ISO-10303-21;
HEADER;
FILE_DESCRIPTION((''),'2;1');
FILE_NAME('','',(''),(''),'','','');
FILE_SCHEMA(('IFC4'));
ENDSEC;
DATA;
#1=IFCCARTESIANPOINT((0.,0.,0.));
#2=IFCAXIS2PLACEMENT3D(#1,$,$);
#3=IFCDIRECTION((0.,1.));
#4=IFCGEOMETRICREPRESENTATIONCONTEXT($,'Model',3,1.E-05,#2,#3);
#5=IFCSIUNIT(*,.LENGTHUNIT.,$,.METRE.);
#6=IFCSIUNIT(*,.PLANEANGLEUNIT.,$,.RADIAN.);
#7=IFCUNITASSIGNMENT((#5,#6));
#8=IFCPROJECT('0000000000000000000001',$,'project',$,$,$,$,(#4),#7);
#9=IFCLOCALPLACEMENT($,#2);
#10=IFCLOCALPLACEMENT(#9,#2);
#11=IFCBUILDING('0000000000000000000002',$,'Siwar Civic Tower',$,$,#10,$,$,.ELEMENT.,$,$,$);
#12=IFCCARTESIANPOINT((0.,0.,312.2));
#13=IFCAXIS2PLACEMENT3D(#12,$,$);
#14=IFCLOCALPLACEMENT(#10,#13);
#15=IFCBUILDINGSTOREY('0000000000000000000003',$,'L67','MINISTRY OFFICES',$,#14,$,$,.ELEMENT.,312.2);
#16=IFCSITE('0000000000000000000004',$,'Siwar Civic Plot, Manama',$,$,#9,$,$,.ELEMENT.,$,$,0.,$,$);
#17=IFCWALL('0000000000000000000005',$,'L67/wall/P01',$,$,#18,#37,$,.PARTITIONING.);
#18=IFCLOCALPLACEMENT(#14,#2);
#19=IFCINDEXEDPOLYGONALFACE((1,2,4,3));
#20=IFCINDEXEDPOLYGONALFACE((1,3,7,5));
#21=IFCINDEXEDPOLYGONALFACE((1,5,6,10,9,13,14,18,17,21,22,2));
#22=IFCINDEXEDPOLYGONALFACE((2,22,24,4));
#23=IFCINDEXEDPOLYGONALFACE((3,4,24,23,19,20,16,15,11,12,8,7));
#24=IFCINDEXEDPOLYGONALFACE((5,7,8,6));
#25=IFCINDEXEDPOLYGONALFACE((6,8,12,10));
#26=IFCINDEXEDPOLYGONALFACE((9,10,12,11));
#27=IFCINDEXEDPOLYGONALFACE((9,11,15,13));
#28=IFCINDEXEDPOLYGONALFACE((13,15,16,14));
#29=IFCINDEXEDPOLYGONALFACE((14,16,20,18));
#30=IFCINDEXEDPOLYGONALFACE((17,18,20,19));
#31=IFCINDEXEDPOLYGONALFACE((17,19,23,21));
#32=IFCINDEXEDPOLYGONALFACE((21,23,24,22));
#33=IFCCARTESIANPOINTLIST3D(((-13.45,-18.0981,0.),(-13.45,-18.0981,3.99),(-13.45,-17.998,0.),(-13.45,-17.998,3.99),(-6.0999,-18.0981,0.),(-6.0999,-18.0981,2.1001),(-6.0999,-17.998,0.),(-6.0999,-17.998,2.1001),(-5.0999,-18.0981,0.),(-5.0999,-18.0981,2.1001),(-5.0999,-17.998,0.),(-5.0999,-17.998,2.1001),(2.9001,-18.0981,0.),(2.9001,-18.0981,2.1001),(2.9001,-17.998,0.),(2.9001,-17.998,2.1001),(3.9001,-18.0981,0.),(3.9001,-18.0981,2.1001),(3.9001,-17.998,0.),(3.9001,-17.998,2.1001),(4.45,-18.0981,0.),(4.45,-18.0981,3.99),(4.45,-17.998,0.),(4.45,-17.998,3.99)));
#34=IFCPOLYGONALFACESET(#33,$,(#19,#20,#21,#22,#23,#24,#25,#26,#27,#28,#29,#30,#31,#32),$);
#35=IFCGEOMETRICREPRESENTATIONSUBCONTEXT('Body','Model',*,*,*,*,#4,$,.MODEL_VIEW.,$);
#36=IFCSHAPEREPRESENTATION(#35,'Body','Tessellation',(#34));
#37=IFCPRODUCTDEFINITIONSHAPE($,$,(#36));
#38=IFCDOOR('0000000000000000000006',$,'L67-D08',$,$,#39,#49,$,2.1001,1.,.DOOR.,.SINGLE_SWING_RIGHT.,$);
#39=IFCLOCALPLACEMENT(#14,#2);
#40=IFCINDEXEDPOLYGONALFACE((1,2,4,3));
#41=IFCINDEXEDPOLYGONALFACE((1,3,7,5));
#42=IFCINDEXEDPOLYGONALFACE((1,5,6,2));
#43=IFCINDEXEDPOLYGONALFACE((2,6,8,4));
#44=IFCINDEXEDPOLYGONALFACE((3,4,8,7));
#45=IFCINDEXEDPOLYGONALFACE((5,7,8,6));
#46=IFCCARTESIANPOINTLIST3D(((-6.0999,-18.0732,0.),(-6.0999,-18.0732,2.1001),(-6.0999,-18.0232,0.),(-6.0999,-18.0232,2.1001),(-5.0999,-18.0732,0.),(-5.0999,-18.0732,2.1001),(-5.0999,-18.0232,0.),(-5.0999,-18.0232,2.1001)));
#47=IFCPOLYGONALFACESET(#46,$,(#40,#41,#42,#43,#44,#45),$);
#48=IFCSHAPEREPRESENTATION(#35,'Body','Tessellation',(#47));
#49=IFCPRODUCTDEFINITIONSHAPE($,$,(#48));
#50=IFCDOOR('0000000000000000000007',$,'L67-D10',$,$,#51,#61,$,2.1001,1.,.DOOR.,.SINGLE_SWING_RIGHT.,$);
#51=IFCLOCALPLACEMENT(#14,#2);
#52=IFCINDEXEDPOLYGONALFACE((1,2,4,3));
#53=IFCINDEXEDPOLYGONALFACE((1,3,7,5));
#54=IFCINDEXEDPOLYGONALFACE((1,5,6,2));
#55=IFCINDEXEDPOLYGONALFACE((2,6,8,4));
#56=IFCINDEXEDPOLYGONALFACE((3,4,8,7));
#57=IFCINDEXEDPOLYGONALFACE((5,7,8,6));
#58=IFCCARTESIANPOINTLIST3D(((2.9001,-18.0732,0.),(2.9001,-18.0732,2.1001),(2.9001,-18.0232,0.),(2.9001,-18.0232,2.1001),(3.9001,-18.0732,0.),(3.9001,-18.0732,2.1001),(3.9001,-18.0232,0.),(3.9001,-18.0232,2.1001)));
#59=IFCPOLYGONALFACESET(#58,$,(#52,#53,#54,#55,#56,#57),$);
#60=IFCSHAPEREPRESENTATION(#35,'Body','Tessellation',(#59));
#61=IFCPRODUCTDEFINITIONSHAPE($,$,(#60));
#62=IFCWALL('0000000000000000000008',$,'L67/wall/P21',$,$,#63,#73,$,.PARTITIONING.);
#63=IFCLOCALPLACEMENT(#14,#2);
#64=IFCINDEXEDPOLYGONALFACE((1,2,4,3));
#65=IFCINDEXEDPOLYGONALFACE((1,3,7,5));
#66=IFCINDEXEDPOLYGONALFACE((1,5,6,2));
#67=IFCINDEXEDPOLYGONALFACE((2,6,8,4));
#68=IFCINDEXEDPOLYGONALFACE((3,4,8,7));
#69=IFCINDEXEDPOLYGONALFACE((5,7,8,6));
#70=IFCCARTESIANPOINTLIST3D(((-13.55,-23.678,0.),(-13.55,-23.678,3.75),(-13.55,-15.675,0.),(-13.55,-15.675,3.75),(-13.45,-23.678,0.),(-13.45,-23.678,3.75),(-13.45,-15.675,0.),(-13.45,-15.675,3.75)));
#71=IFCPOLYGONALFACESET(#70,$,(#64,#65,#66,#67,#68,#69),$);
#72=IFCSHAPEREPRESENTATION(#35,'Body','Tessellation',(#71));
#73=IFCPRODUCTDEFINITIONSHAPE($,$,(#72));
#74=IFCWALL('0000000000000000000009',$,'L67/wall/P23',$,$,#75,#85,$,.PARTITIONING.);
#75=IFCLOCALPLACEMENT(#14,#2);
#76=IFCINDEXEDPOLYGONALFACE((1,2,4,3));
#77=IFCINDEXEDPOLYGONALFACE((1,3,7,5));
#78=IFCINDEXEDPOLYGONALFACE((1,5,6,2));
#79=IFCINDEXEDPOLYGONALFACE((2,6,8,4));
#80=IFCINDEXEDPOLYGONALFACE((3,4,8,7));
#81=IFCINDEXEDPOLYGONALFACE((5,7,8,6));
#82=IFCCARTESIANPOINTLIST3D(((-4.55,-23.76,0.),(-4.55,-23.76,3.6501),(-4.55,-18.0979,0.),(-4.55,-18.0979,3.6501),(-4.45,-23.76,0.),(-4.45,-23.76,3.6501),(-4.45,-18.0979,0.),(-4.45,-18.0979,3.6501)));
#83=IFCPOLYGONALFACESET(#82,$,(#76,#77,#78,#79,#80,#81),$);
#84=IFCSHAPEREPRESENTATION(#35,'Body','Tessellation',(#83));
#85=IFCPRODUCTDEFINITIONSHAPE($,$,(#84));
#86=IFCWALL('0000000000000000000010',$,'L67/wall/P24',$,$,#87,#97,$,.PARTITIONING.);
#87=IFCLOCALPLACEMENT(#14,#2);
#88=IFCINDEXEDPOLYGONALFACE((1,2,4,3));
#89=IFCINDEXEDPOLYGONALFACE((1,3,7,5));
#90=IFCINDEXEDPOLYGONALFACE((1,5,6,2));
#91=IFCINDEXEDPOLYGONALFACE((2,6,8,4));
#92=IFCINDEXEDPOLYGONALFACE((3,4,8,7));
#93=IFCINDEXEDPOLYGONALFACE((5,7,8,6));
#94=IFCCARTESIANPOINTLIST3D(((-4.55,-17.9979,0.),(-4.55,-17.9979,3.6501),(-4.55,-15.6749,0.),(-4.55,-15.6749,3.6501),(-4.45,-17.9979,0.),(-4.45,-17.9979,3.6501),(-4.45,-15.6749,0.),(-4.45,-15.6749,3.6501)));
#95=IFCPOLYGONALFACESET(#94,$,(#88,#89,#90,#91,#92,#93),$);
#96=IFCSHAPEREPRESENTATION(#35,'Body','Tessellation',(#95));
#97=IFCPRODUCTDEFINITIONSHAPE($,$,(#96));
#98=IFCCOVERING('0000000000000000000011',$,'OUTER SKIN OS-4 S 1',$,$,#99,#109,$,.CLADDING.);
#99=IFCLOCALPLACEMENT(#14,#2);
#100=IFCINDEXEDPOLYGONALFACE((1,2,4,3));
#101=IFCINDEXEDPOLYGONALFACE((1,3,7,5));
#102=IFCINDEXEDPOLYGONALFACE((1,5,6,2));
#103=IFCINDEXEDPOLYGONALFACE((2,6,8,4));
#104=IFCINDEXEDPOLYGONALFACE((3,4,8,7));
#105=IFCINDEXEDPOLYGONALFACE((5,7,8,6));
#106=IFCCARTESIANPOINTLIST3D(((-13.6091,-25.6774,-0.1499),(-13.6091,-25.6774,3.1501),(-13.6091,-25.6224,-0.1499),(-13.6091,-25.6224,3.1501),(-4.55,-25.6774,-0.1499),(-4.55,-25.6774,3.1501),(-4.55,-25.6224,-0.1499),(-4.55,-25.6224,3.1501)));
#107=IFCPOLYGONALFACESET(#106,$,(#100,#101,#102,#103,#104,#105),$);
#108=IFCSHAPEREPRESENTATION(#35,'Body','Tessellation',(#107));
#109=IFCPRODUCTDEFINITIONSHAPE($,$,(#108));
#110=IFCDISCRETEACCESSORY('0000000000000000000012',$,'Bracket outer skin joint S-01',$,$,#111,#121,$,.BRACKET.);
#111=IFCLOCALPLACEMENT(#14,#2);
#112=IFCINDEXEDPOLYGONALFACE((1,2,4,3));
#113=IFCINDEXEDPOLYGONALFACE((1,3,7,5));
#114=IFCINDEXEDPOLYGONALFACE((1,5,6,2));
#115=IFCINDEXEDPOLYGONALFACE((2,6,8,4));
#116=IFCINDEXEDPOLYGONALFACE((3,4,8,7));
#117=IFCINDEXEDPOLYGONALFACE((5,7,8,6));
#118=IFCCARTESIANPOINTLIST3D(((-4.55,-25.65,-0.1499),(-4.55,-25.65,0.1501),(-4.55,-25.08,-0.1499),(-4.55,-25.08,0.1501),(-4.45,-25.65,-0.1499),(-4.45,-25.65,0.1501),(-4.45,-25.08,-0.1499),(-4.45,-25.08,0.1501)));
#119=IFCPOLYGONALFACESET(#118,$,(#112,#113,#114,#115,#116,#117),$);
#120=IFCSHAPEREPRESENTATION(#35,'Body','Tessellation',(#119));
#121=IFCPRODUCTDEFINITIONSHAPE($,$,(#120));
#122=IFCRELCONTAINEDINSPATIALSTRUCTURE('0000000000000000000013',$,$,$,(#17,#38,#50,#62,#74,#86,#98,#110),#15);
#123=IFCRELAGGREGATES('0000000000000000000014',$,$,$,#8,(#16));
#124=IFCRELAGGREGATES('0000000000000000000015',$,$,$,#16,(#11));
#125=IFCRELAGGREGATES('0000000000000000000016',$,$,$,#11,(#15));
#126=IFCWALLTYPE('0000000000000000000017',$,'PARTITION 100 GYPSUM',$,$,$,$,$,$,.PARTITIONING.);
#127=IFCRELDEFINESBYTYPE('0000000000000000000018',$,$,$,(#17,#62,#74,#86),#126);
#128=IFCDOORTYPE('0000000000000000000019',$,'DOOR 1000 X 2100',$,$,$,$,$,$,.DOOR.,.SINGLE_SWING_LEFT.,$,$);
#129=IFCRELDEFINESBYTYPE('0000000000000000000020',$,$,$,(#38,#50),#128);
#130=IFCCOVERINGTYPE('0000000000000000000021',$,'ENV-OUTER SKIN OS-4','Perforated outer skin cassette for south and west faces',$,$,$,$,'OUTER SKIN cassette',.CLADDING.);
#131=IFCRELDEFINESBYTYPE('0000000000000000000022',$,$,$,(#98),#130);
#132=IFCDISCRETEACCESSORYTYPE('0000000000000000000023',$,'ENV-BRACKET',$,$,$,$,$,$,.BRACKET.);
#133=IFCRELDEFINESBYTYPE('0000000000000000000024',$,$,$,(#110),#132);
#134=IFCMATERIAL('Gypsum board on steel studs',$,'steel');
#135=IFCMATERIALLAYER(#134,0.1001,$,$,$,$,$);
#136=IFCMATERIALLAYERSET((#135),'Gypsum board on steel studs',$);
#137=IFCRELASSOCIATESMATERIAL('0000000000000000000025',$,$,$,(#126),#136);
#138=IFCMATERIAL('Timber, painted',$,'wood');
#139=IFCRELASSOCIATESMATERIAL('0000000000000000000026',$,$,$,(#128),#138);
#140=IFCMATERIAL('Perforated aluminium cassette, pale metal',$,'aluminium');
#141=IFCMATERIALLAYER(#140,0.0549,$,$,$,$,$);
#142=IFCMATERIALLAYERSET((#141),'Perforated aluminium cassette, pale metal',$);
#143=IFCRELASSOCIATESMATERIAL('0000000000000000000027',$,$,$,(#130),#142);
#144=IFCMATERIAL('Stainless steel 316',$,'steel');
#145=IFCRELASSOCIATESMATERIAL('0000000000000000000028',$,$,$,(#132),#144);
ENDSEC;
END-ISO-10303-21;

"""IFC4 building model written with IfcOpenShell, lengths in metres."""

from ifc_helpers import new_model, si_unit, direction, frame, frame_2d, origin, origin_2d, place, context, subcontext, project, spatial, rectangle, extrude, material, layer, layer_set, type_object, element, fill, save


model = new_model("IFC4")

# Units and contexts
model_context = context("Model", 3, precision=1e-05, world=origin(), true_north=direction((0.0, 1.0)))
body_context = subcontext(model_context, "Body", "Model", "MODEL_VIEW")
ifc_project = project(units=[si_unit("LENGTHUNIT", "METRE"), si_unit("PLANEANGLEUNIT", "RADIAN")], contexts=[model_context])

# Site, building, storey
site_placement = place(None, origin())
site = spatial("IfcSite", under=ifc_project, at=site_placement, Name="Siwar Civic Plot, Manama", CompositionType="ELEMENT", RefElevation=0.0)
building_placement = place(site_placement, origin())
building = spatial("IfcBuilding", under=site, at=building_placement, Name="Siwar Civic Tower", CompositionType="ELEMENT")
storey_placement = place(building_placement, frame((0.0, 0.0, 312.2)))
storey = spatial("IfcBuildingStorey", under=building, at=storey_placement, Name="L67", Description="MINISTRY OFFICES", CompositionType="ELEMENT", Elevation=312.2)

# Wall, openings, doors
ifc_material_1 = material(Name="Gypsum board on steel studs", Category="steel")
ifc_layer_1 = layer(ifc_material_1, 0.1001)
ifc_layer_set_1 = layer_set([ifc_layer_1], Name="Gypsum board on steel studs")
wall_type = type_object("IfcWallType", Name="PARTITION 100 GYPSUM", PredefinedType="PARTITIONING", material=ifc_layer_set_1)
wall_1_placement = place(storey_placement, frame((-13.45, -18.0481, 0.0), z_axis=(0.0, 0.0, 1.0), x_axis=(1.0, 0.0, 0.0)))
wall_1 = element("IfcWall", 1, at=wall_1_placement, inside=storey, type_object=wall_type, Name="L67/wall/P01", PredefinedType="PARTITIONING", context=body_context, shape_type="SweptSolid", body=[
    extrude(rectangle(XDim=17.8999, YDim=0.1001, at=frame_2d((8.95, 0.0))), origin(), (0.0, 0.0, 1.0), 3.99),
])
opening_1_placement = place(wall_1_placement, frame((7.3501, 0.0, 0.0)))
opening_1 = element("IfcOpeningElement", 2, at=opening_1_placement, cuts=wall_1, PredefinedType="OPENING", context=body_context, shape_type="SweptSolid", body=[
    extrude(rectangle(XDim=1.0, YDim=2.1001, at=frame_2d((0.5, 1.05))), frame((0.0, 0.0601, 0.0), z_axis=(0.0, -1.0, 0.0), x_axis=(1.0, 0.0, 0.0)), (0.0, 0.0, 1.0), 0.1201),
])
opening_2_placement = place(wall_1_placement, frame((16.3501, 0.0, 0.0)))
opening_2 = element("IfcOpeningElement", 3, at=opening_2_placement, cuts=wall_1, PredefinedType="OPENING", context=body_context, shape_type="SweptSolid", body=[
    extrude(rectangle(XDim=1.0, YDim=2.1001, at=frame_2d((0.5, 1.05))), frame((0.0, 0.0601, 0.0), z_axis=(0.0, -1.0, 0.0), x_axis=(1.0, 0.0, 0.0)), (0.0, 0.0, 1.0), 0.1201),
])
ifc_material_2 = material(Name="Timber, painted", Category="wood")
door_type = type_object("IfcDoorType", Name="DOOR 1000 X 2100", OperationType="SINGLE_SWING_LEFT", PredefinedType="DOOR", material=ifc_material_2)
door_1_placement = place(opening_1_placement, origin())
door_1 = element("IfcDoor", 4, at=door_1_placement, inside=storey, type_object=door_type, Name="L67-D08", OperationType="SINGLE_SWING_RIGHT", OverallHeight=2.1001, OverallWidth=1.0, PredefinedType="DOOR", context=body_context, shape_type="SweptSolid", body=[
    extrude(rectangle(XDim=1.0, YDim=2.1001, at=frame_2d((0.5, 1.05))), frame((0.0, 0.0249, 0.0), z_axis=(0.0, -1.0, 0.0), x_axis=(1.0, 0.0, 0.0)), (0.0, 0.0, 1.0), 0.05),
])
fill(opening_1, door_1)
door_2_placement = place(opening_2_placement, origin())
door_2 = element("IfcDoor", 5, at=door_2_placement, inside=storey, type_object=door_type, Name="L67-D10", OperationType="SINGLE_SWING_RIGHT", OverallHeight=2.1001, OverallWidth=1.0, PredefinedType="DOOR", context=body_context, shape_type="SweptSolid", body=[
    extrude(rectangle(XDim=1.0, YDim=2.1001, at=frame_2d((0.5, 1.05))), frame((0.0, 0.0249, 0.0), z_axis=(0.0, -1.0, 0.0), x_axis=(1.0, 0.0, 0.0)), (0.0, 0.0, 1.0), 0.05),
])
fill(opening_2, door_2)

# Walls
wall_2_placement = place(storey_placement, frame((-13.5, -23.678, 0.0), z_axis=(0.0, 0.0, 1.0), x_axis=(0.0, 1.0, 0.0)))
element("IfcWall", 6, at=wall_2_placement, inside=storey, type_object=wall_type, Name="L67/wall/P21", PredefinedType="PARTITIONING", context=body_context, shape_type="SweptSolid", body=[
    extrude(rectangle(XDim=8.0029, YDim=0.1001, at=frame_2d((4.0015, 0.0))), origin(), (0.0, 0.0, 1.0), 3.75),
])
wall_3_placement = place(storey_placement, frame((-4.5, -23.76, 0.0), z_axis=(0.0, 0.0, 1.0), x_axis=(0.0, 1.0, 0.0)))
element("IfcWall", 7, at=wall_3_placement, inside=storey, type_object=wall_type, Name="L67/wall/P23", PredefinedType="PARTITIONING", context=body_context, shape_type="SweptSolid", body=[
    extrude(rectangle(XDim=5.6621, YDim=0.1001, at=frame_2d((2.8311, 0.0))), origin(), (0.0, 0.0, 1.0), 3.6501),
])
wall_4_placement = place(storey_placement, frame((-4.5, -17.998, 0.0), z_axis=(0.0, 0.0, 1.0), x_axis=(0.0, 1.0, 0.0)))
element("IfcWall", 8, at=wall_4_placement, inside=storey, type_object=wall_type, Name="L67/wall/P24", PredefinedType="PARTITIONING", context=body_context, shape_type="SweptSolid", body=[
    extrude(rectangle(XDim=2.323, YDim=0.1001, at=frame_2d((1.1616, 0.0))), origin(), (0.0, 0.0, 1.0), 3.6501),
])

# Covering
ifc_material_3 = material(Name="Perforated aluminium cassette, pale metal", Category="aluminium")
ifc_layer_2 = layer(ifc_material_3, 0.0549)
ifc_layer_set_2 = layer_set([ifc_layer_2], Name="Perforated aluminium cassette, pale metal")
covering_type = type_object("IfcCoveringType", Name="ENV-OUTER SKIN OS-4", Description="Perforated outer skin cassette for south and west faces", ElementType="OUTER SKIN cassette", PredefinedType="CLADDING", material=ifc_layer_set_2)
covering_placement = place(storey_placement, frame((-9.0796, -25.6499, -0.1499), z_axis=(0.0, 0.0, 1.0), x_axis=(1.0, 0.0, 0.0)))
element("IfcCovering", 9, at=covering_placement, inside=storey, type_object=covering_type, Name="OUTER SKIN OS-4 S 1", PredefinedType="CLADDING", context=body_context, shape_type="SweptSolid", body=[
    extrude(rectangle(XDim=9.0591, YDim=0.0549, at=origin_2d()), origin(), (0.0, 0.0, 1.0), 3.3),
])

# Discrete accessory
ifc_material_4 = material(Name="Stainless steel 316", Category="steel")
discrete_accessory_type = type_object("IfcDiscreteAccessoryType", Name="ENV-BRACKET", PredefinedType="BRACKET", material=ifc_material_4)
discrete_accessory_placement = place(storey_placement, frame((-4.5, -25.365, -0.1499), z_axis=(0.0, 0.0, 1.0), x_axis=(0.0, -1.0, 0.0)))
element("IfcDiscreteAccessory", 10, at=discrete_accessory_placement, inside=storey, type_object=discrete_accessory_type, Name="Bracket outer skin joint S-01", PredefinedType="BRACKET", context=body_context, shape_type="SweptSolid", body=[
    extrude(rectangle(XDim=0.5701, YDim=0.1001, at=origin_2d()), origin(), (0.0, 0.0, 1.0), 0.3),
])

save(model, "model.ifc")
